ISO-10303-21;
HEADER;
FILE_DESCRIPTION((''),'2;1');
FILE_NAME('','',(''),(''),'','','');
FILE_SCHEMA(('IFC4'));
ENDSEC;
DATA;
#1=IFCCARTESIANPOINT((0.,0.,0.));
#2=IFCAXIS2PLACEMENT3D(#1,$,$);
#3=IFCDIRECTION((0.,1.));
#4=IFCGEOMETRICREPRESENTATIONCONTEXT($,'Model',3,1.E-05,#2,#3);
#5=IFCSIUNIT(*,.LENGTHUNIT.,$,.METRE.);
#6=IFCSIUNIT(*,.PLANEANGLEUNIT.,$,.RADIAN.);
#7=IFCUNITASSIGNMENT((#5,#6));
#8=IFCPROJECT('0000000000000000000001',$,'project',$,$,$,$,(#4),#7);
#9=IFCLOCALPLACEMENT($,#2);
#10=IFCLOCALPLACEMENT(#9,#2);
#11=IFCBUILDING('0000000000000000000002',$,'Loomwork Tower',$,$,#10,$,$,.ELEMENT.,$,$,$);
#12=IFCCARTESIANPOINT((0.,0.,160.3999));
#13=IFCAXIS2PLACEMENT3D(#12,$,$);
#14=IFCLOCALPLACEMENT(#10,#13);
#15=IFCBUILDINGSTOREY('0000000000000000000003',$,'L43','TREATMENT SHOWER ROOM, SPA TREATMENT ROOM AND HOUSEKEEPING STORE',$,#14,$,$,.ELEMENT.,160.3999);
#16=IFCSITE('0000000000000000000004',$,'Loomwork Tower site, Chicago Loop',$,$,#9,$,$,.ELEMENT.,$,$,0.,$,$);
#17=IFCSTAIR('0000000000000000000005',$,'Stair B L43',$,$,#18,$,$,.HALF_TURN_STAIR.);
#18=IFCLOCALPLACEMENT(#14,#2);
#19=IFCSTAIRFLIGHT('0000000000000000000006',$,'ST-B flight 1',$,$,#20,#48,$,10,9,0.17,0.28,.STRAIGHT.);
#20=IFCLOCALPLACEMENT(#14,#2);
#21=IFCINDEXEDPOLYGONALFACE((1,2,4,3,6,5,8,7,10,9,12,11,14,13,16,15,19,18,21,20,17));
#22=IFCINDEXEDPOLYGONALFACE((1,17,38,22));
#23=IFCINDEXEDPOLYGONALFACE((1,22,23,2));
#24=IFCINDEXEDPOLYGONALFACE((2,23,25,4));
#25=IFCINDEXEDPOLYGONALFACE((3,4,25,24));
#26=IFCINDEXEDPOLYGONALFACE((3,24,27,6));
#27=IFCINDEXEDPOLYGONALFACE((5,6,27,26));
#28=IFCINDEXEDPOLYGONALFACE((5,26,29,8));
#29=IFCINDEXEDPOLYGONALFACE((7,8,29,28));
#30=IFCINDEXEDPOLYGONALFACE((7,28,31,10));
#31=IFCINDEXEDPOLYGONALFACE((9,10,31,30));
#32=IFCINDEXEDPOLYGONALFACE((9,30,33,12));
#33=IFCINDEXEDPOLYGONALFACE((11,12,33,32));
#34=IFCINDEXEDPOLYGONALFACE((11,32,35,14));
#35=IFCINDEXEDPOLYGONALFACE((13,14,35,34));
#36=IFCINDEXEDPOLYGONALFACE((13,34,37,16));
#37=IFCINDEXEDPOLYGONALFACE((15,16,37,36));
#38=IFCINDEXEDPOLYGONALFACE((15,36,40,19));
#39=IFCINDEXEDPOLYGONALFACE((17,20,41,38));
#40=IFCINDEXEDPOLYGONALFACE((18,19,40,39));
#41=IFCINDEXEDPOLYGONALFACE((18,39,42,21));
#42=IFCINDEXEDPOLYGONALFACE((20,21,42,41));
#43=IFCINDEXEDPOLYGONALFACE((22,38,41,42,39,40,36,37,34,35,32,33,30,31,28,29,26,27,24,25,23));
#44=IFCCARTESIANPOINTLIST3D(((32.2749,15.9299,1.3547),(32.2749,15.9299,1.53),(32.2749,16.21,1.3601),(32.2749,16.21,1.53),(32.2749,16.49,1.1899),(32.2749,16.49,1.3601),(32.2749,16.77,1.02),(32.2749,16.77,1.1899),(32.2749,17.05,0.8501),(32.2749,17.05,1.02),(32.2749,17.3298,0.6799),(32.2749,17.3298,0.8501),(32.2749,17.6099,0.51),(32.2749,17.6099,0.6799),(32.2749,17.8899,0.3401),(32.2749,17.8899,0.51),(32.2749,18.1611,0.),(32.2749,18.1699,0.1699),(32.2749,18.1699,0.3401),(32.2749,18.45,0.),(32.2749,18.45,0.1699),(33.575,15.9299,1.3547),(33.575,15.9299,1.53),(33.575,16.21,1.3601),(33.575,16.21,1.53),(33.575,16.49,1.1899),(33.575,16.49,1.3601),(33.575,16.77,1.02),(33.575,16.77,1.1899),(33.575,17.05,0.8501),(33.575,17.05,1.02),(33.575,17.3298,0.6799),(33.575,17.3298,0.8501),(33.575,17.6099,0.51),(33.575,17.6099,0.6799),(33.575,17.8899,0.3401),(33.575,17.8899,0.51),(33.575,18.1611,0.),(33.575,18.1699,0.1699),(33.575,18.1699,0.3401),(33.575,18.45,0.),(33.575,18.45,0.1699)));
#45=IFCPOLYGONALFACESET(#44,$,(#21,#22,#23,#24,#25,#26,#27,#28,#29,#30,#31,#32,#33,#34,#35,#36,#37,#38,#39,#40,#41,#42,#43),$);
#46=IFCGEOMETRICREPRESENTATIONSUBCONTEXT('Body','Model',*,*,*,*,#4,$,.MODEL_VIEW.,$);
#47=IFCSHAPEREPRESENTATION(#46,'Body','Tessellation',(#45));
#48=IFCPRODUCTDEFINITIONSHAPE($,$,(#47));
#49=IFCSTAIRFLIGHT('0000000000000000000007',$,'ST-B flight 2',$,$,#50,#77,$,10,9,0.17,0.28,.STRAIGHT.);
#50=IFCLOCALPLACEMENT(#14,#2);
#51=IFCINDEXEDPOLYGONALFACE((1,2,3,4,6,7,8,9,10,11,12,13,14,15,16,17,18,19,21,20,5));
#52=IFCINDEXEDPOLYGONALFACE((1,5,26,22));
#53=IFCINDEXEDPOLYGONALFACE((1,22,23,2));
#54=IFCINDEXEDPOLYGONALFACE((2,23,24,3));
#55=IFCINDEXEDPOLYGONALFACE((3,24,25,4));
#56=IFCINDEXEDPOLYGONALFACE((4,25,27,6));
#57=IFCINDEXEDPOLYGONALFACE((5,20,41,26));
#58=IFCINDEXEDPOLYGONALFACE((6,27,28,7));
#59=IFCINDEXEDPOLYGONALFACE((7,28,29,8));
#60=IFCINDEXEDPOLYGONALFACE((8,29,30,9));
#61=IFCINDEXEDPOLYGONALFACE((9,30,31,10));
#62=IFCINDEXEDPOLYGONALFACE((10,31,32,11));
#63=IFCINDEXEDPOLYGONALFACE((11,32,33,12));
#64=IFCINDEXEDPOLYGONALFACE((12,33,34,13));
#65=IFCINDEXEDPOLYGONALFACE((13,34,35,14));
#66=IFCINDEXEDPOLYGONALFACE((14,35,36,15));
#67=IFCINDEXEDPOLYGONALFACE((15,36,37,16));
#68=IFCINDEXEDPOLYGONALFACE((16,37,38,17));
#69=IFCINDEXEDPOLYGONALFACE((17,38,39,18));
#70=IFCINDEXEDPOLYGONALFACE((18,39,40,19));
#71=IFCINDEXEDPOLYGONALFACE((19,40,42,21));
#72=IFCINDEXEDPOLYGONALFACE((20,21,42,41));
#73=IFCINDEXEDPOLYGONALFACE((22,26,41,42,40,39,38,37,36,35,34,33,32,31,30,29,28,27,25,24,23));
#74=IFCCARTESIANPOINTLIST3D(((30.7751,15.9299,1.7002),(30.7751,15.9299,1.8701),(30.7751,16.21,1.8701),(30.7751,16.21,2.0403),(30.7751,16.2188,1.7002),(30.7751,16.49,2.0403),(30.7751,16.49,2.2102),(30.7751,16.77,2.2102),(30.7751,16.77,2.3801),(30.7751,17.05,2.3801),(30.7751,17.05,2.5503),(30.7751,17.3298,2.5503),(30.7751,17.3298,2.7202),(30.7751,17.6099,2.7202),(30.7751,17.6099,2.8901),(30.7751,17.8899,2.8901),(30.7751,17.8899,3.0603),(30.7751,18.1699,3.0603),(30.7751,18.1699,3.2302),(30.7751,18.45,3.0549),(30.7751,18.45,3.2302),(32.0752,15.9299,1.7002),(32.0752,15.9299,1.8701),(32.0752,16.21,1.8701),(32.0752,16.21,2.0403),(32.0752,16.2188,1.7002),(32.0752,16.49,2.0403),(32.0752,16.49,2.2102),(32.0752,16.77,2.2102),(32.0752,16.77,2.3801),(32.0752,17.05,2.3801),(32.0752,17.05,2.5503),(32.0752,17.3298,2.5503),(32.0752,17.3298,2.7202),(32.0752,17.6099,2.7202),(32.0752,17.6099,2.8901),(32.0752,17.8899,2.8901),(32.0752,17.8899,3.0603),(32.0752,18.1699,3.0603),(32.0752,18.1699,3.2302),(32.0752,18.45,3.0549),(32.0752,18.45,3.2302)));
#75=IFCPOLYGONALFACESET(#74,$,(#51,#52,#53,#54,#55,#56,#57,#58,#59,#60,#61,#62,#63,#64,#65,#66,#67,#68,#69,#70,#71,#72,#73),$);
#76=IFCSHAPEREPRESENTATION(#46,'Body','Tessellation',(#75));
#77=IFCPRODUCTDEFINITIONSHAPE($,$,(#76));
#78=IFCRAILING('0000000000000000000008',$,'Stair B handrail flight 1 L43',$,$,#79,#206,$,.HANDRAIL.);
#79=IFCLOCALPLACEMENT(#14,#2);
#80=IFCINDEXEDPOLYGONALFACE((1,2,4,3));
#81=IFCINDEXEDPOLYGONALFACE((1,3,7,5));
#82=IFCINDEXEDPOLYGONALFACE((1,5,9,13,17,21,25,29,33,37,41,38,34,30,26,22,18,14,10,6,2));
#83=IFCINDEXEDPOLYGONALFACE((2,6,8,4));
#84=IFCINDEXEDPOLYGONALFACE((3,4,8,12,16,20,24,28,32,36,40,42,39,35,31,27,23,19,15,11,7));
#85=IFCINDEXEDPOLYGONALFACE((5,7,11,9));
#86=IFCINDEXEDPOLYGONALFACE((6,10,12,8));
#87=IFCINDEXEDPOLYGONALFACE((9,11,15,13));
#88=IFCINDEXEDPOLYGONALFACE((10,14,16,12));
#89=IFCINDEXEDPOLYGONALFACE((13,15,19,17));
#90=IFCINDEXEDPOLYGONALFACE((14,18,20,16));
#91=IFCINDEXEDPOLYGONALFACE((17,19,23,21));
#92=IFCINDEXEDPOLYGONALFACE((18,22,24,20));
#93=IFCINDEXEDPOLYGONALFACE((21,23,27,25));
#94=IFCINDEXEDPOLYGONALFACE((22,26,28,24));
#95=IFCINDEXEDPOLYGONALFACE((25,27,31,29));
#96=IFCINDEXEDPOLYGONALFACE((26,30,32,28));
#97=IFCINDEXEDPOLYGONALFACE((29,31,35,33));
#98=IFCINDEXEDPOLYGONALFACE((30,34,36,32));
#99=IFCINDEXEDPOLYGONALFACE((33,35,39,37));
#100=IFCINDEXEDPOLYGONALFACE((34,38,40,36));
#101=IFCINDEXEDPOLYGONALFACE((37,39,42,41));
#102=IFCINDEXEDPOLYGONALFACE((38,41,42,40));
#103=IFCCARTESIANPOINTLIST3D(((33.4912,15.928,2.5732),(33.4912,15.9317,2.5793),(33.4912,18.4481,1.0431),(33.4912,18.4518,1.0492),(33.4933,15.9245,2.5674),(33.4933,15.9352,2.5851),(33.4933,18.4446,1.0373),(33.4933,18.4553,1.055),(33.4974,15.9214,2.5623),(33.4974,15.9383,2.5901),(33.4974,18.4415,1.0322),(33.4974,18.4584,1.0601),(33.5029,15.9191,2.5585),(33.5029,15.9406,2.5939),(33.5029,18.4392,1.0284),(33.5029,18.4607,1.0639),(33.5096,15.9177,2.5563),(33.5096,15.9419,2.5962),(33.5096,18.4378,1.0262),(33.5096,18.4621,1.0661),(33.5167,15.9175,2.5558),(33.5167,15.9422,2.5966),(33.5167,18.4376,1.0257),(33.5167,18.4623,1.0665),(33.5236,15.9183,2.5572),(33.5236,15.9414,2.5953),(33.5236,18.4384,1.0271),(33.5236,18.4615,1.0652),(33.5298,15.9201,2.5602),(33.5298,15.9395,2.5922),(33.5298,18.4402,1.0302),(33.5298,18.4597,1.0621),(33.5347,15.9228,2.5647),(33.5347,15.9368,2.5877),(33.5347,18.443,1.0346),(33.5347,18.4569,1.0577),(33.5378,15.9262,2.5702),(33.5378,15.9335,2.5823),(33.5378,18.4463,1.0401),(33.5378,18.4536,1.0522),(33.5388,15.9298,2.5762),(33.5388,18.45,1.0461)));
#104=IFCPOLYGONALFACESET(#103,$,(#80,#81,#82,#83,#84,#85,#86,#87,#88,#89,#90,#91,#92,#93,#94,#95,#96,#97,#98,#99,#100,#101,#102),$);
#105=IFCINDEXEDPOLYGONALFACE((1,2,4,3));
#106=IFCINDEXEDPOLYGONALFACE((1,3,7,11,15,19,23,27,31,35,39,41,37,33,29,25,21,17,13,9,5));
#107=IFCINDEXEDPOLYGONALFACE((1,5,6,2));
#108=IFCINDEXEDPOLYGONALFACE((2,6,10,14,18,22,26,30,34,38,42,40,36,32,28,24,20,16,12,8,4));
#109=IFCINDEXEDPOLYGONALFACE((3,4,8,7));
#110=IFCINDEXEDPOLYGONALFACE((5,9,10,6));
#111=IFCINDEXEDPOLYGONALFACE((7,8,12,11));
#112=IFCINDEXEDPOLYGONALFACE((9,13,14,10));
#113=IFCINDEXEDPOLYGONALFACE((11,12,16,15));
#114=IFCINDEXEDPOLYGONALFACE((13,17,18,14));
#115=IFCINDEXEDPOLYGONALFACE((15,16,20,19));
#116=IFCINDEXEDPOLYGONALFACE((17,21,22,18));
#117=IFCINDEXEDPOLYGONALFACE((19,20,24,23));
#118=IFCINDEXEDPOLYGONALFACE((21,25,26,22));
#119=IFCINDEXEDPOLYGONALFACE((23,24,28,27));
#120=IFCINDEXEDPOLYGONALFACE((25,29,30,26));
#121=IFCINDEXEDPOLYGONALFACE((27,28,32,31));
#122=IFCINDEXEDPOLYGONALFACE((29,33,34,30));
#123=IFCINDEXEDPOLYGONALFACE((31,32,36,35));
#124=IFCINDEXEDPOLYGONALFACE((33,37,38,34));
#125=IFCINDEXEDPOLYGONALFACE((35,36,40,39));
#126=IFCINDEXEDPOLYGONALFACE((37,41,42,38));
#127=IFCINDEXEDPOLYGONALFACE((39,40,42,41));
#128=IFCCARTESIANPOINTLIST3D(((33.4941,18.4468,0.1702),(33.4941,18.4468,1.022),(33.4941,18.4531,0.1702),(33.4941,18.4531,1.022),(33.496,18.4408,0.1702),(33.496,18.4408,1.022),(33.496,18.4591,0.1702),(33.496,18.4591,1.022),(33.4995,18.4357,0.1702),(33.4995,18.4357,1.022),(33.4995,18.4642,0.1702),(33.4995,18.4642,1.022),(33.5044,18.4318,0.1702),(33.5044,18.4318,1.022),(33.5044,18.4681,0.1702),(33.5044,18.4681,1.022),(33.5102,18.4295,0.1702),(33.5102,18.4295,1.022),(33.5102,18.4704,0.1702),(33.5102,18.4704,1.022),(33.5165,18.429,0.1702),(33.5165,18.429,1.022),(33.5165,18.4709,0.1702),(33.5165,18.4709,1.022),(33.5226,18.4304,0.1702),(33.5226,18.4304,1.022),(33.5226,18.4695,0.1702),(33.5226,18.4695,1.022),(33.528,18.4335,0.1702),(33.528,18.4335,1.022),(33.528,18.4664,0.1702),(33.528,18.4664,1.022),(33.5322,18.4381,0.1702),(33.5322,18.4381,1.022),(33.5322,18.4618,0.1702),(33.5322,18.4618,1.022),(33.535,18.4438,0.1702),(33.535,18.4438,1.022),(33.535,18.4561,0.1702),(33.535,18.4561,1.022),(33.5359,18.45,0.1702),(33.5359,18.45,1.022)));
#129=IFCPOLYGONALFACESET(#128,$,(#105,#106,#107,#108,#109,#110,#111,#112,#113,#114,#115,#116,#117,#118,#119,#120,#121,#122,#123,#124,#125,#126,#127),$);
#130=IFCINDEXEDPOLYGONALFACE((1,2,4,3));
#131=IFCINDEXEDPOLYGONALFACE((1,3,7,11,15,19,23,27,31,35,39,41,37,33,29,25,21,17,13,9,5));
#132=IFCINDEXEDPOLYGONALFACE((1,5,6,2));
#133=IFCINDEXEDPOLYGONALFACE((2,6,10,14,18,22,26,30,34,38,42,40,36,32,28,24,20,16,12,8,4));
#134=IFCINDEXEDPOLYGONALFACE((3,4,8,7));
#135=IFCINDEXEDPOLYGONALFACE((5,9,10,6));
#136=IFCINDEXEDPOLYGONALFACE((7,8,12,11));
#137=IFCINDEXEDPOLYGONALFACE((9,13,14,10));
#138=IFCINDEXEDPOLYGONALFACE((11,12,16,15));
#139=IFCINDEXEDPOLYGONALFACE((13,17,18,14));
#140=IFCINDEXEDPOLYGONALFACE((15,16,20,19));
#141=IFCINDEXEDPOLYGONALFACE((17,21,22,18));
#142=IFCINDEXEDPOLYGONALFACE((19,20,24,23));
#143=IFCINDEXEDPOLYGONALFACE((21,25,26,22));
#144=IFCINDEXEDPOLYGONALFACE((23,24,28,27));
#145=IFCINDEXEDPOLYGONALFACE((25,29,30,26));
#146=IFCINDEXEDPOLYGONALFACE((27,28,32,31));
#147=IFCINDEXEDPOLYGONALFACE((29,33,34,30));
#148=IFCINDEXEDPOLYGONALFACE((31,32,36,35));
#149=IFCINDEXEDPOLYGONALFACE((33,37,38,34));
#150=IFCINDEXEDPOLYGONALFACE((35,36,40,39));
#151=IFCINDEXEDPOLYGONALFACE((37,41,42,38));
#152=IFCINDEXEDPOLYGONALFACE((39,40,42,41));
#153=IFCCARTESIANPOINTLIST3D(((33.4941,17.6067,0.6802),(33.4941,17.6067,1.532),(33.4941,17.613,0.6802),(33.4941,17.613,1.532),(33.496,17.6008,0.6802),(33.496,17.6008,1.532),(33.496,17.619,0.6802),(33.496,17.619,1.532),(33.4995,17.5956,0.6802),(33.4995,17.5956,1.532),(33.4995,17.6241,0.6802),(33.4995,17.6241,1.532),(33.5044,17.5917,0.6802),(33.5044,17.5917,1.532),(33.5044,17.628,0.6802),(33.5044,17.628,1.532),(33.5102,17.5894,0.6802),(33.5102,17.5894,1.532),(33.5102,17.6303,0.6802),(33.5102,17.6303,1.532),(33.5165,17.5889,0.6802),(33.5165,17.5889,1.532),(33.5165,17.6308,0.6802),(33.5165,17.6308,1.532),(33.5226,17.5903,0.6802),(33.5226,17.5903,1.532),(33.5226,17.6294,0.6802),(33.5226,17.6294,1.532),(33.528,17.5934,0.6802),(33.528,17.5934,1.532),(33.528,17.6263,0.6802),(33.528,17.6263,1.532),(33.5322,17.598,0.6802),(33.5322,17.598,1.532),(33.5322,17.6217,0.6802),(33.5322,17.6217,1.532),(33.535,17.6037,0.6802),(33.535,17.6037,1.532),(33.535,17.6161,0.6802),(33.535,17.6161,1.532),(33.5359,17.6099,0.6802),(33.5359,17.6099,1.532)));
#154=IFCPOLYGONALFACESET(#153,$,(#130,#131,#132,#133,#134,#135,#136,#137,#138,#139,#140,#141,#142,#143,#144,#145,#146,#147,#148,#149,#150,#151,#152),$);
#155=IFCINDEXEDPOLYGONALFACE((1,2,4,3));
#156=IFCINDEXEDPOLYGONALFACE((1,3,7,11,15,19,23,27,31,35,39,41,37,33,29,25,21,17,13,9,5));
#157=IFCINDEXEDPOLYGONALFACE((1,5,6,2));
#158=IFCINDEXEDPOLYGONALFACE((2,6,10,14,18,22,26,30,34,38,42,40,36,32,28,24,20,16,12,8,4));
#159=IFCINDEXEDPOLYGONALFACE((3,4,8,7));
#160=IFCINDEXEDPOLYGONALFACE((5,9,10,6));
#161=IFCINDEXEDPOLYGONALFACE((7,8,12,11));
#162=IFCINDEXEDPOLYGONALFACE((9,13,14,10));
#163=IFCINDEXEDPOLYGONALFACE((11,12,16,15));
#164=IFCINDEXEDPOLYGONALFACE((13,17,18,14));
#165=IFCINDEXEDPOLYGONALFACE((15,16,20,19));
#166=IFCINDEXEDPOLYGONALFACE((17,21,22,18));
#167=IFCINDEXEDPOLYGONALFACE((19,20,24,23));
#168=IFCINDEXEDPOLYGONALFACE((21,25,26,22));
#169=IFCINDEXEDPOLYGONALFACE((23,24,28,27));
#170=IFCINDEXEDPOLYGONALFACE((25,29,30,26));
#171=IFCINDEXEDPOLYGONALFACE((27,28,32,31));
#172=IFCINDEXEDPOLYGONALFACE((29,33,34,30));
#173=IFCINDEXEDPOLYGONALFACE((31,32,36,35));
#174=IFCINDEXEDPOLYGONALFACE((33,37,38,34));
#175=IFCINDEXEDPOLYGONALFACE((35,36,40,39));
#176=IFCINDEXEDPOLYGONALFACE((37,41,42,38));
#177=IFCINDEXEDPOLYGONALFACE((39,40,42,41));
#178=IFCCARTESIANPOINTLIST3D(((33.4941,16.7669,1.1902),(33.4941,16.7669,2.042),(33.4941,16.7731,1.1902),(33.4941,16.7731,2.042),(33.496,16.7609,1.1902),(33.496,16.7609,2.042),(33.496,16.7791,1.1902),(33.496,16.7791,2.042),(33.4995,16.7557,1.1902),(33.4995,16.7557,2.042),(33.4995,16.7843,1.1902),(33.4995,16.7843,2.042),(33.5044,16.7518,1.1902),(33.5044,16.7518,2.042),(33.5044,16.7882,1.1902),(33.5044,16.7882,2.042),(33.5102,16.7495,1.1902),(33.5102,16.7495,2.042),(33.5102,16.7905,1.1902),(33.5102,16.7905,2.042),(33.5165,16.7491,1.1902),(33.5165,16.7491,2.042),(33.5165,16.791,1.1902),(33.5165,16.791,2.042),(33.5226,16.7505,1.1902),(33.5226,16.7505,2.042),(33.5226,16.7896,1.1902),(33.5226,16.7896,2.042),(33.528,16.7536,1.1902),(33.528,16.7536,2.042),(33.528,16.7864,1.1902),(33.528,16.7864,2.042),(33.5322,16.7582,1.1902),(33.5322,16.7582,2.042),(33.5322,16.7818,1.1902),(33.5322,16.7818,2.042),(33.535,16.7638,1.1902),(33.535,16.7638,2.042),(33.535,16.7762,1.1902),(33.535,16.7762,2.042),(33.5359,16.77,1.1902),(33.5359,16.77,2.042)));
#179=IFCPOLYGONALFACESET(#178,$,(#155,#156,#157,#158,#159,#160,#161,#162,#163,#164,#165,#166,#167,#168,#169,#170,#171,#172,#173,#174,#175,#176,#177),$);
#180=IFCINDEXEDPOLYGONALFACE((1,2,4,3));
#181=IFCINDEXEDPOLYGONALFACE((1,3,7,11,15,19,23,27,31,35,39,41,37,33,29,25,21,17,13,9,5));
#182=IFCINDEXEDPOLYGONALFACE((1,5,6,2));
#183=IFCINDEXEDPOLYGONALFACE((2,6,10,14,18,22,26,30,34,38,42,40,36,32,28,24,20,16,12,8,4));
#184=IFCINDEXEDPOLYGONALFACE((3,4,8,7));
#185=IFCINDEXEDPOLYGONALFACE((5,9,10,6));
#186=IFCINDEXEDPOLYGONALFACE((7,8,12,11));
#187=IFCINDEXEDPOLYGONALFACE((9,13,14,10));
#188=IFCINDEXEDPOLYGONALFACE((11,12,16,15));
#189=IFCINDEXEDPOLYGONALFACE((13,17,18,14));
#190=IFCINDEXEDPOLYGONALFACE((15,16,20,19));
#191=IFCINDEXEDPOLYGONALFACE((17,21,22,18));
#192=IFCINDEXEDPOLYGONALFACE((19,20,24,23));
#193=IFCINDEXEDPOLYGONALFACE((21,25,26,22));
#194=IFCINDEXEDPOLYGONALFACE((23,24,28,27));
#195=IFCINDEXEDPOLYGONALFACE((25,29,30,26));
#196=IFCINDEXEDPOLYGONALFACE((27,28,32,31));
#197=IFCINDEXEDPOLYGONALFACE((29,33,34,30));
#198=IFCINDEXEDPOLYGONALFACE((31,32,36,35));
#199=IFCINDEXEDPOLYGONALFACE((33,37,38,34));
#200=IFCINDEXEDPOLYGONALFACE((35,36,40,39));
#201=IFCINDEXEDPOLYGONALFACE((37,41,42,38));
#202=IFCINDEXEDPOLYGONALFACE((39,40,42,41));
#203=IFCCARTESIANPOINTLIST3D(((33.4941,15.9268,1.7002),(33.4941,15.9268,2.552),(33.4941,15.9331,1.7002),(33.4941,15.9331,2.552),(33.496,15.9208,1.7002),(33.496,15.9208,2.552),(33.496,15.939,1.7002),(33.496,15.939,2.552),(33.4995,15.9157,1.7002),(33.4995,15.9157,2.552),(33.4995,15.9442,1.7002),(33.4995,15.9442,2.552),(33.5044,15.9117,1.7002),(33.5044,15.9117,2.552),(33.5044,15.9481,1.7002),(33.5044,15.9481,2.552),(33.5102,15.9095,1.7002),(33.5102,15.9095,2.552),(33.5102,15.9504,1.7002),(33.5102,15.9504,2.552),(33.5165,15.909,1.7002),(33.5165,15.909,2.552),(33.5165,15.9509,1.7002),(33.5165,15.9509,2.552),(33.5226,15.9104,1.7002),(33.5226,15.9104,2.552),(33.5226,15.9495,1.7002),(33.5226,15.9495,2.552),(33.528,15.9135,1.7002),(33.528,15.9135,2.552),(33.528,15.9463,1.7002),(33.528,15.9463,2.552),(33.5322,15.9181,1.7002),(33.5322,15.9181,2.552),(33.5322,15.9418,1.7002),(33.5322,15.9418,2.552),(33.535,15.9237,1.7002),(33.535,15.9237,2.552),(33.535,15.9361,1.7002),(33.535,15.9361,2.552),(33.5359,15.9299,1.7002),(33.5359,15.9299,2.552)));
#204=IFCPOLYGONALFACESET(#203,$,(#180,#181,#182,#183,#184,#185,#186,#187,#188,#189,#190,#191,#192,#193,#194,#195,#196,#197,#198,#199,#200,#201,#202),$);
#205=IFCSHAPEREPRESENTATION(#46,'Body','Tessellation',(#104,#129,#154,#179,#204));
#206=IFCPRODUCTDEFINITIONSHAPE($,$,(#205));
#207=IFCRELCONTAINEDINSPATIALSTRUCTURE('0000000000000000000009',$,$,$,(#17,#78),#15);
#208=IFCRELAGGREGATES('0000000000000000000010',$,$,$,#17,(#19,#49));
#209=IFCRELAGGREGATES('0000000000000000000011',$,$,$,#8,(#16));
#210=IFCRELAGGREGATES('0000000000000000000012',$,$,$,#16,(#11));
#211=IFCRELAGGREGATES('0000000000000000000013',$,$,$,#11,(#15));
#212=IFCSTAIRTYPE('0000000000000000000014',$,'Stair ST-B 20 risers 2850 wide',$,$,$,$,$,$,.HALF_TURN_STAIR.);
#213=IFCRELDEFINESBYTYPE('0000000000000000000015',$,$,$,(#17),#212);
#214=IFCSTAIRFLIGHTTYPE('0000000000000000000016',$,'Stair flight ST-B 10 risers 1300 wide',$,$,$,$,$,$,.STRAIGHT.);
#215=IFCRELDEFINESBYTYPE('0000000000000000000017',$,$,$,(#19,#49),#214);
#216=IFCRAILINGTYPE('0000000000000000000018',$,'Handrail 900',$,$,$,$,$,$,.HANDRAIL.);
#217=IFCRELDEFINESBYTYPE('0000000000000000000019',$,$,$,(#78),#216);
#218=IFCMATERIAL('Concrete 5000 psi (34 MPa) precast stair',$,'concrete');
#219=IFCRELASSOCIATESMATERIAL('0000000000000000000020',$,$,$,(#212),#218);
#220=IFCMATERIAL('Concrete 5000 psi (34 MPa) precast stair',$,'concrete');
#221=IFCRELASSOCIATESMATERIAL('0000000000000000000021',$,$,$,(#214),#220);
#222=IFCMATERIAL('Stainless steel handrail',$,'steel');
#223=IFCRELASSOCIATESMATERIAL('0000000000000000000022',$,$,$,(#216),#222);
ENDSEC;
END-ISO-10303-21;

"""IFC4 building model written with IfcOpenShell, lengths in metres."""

from ifc_helpers import new_model, si_unit, direction, frame, origin, origin_2d, place, context, subcontext, project, spatial, polyline, circle, outline, extrude, material, type_object, element, aggregate, save


model = new_model("IFC4")

# Units and contexts
model_context = context("Model", 3, precision=1e-05, world=origin(), true_north=direction((0.0, 1.0)))
body_context = subcontext(model_context, "Body", "Model", "MODEL_VIEW")
ifc_project = project(units=[si_unit("LENGTHUNIT", "METRE"), si_unit("PLANEANGLEUNIT", "RADIAN")], contexts=[model_context])

# Site, building, storey
site_placement = place(None, origin())
site = spatial("IfcSite", under=ifc_project, at=site_placement, Name="Loomwork Tower site, Chicago Loop", CompositionType="ELEMENT", RefElevation=0.0)
building_placement = place(site_placement, origin())
building = spatial("IfcBuilding", under=site, at=building_placement, Name="Loomwork Tower", CompositionType="ELEMENT")
storey_placement = place(building_placement, frame((0.0, 0.0, 160.3999)))
storey = spatial("IfcBuildingStorey", under=building, at=storey_placement, Name="L43", Description="TREATMENT SHOWER ROOM, SPA TREATMENT ROOM AND HOUSEKEEPING STORE", CompositionType="ELEMENT", Elevation=160.3999)

# Stair, stair flights
ifc_material_1 = material(Name="Concrete 5000 psi (34 MPa) precast stair", Category="concrete")
stair_type = type_object("IfcStairType", Name="Stair ST-B 20 risers 2850 wide", PredefinedType="HALF_TURN_STAIR", material=ifc_material_1)
stair_placement = place(storey_placement, origin())
stair = element("IfcStair", 1, at=stair_placement, inside=storey, type_object=stair_type, Name="Stair B L43", PredefinedType="HALF_TURN_STAIR")
ifc_material_2 = material(Name="Concrete 5000 psi (34 MPa) precast stair", Category="concrete")
stair_flight_type = type_object("IfcStairFlightType", Name="Stair flight ST-B 10 risers 1300 wide", PredefinedType="STRAIGHT", material=ifc_material_2)
stair_flight_1_placement = place(storey_placement, frame((32.925, 18.45, 0.0), z_axis=(0.0, 0.0, 1.0), x_axis=(0.0, -1.0, 0.0)))
stair_flight_1 = element("IfcStairFlight", 2, at=stair_flight_1_placement, type_object=stair_flight_type, Name="ST-B flight 1", NumberOfRisers=10, NumberOfTreads=9, PredefinedType="STRAIGHT", RiserHeight=0.17, TreadLength=0.28, context=body_context, shape_type="SweptSolid", body=[
    extrude(outline(polyline([(0.0, 0.0), (0.0, 0.1699), (0.28, 0.1699), (0.28, 0.3401), (0.5601, 0.3401), (0.5601, 0.51), (0.8401, 0.51), (0.8401, 0.6799), (1.1201, 0.6799), (1.1201, 0.8501), (1.3999, 0.8501), (1.3999, 1.02), (1.6799, 1.02), (1.6799, 1.1899), (1.96, 1.1899), (1.96, 1.3601), (2.24, 1.3601), (2.24, 1.53), (2.52, 1.53), (2.52, 1.7), (2.52, 1.3547), (0.2888, 0.0), (0.0, 0.0)])), frame((0.0, 0.6499, 0.0), z_axis=(0.0, -1.0, 0.0), x_axis=(1.0, 0.0, 0.0)), (0.0, 0.0, 1.0), 1.3),
])
stair_flight_2_placement = place(storey_placement, frame((31.425, 15.9299, 1.7002), z_axis=(0.0, 0.0, 1.0), x_axis=(0.0, 1.0, 0.0)))
stair_flight_2 = element("IfcStairFlight", 3, at=stair_flight_2_placement, type_object=stair_flight_type, Name="ST-B flight 2", NumberOfRisers=10, NumberOfTreads=9, PredefinedType="STRAIGHT", RiserHeight=0.17, TreadLength=0.28, context=body_context, shape_type="SweptSolid", body=[
    extrude(outline(polyline([(0.0, 0.0), (0.0, 0.1699), (0.28, 0.1699), (0.28, 0.3401), (0.5601, 0.3401), (0.5601, 0.51), (0.8401, 0.51), (0.8401, 0.6799), (1.1201, 0.6799), (1.1201, 0.8501), (1.3999, 0.8501), (1.3999, 1.02), (1.6799, 1.02), (1.6799, 1.1899), (1.96, 1.1899), (1.96, 1.3601), (2.24, 1.3601), (2.24, 1.53), (2.52, 1.53), (2.52, 1.7), (2.52, 1.3547), (0.2888, 0.0), (0.0, 0.0)])), frame((0.0, 0.6499, 0.0), z_axis=(0.0, -1.0, 0.0), x_axis=(1.0, 0.0, 0.0)), (0.0, 0.0, 1.0), 1.3),
])
aggregate(stair, [stair_flight_1, stair_flight_2])

# Railing
ifc_material_3 = material(Name="Stainless steel handrail", Category="steel")
railing_type = type_object("IfcRailingType", Name="Handrail 900", PredefinedType="HANDRAIL", material=ifc_material_3)
railing_1_placement = place(storey_placement, frame((33.5149, 18.45, 0.1702)))
element("IfcRailing", 4, at=railing_1_placement, inside=storey, type_object=railing_type, Name="Stair B handrail flight 1 L43", PredefinedType="HANDRAIL", context=body_context, shape_type="SweptSolid", body=[
    extrude(circle(Radius=0.0239, at=origin_2d()), frame((0.0, 0.0, 0.876), z_axis=(0.0, -0.854785, 0.518982), x_axis=(1.0, 0.0, 0.0)), (0.0, 0.0, 1.0), 2.9482),
    extrude(circle(Radius=0.021, at=origin_2d()), origin(), (0.0, 0.0, 1.0), 0.8518),
    extrude(circle(Radius=0.021, at=origin_2d()), frame((0.0, -0.8401, 0.51)), (0.0, 0.0, 1.0), 0.8518),
    extrude(circle(Radius=0.021, at=origin_2d()), frame((0.0, -1.6799, 1.02)), (0.0, 0.0, 1.0), 0.8518),
    extrude(circle(Radius=0.021, at=origin_2d()), frame((0.0, -2.52, 1.53)), (0.0, 0.0, 1.0), 0.8518),
])

save(model, "model.ifc")
